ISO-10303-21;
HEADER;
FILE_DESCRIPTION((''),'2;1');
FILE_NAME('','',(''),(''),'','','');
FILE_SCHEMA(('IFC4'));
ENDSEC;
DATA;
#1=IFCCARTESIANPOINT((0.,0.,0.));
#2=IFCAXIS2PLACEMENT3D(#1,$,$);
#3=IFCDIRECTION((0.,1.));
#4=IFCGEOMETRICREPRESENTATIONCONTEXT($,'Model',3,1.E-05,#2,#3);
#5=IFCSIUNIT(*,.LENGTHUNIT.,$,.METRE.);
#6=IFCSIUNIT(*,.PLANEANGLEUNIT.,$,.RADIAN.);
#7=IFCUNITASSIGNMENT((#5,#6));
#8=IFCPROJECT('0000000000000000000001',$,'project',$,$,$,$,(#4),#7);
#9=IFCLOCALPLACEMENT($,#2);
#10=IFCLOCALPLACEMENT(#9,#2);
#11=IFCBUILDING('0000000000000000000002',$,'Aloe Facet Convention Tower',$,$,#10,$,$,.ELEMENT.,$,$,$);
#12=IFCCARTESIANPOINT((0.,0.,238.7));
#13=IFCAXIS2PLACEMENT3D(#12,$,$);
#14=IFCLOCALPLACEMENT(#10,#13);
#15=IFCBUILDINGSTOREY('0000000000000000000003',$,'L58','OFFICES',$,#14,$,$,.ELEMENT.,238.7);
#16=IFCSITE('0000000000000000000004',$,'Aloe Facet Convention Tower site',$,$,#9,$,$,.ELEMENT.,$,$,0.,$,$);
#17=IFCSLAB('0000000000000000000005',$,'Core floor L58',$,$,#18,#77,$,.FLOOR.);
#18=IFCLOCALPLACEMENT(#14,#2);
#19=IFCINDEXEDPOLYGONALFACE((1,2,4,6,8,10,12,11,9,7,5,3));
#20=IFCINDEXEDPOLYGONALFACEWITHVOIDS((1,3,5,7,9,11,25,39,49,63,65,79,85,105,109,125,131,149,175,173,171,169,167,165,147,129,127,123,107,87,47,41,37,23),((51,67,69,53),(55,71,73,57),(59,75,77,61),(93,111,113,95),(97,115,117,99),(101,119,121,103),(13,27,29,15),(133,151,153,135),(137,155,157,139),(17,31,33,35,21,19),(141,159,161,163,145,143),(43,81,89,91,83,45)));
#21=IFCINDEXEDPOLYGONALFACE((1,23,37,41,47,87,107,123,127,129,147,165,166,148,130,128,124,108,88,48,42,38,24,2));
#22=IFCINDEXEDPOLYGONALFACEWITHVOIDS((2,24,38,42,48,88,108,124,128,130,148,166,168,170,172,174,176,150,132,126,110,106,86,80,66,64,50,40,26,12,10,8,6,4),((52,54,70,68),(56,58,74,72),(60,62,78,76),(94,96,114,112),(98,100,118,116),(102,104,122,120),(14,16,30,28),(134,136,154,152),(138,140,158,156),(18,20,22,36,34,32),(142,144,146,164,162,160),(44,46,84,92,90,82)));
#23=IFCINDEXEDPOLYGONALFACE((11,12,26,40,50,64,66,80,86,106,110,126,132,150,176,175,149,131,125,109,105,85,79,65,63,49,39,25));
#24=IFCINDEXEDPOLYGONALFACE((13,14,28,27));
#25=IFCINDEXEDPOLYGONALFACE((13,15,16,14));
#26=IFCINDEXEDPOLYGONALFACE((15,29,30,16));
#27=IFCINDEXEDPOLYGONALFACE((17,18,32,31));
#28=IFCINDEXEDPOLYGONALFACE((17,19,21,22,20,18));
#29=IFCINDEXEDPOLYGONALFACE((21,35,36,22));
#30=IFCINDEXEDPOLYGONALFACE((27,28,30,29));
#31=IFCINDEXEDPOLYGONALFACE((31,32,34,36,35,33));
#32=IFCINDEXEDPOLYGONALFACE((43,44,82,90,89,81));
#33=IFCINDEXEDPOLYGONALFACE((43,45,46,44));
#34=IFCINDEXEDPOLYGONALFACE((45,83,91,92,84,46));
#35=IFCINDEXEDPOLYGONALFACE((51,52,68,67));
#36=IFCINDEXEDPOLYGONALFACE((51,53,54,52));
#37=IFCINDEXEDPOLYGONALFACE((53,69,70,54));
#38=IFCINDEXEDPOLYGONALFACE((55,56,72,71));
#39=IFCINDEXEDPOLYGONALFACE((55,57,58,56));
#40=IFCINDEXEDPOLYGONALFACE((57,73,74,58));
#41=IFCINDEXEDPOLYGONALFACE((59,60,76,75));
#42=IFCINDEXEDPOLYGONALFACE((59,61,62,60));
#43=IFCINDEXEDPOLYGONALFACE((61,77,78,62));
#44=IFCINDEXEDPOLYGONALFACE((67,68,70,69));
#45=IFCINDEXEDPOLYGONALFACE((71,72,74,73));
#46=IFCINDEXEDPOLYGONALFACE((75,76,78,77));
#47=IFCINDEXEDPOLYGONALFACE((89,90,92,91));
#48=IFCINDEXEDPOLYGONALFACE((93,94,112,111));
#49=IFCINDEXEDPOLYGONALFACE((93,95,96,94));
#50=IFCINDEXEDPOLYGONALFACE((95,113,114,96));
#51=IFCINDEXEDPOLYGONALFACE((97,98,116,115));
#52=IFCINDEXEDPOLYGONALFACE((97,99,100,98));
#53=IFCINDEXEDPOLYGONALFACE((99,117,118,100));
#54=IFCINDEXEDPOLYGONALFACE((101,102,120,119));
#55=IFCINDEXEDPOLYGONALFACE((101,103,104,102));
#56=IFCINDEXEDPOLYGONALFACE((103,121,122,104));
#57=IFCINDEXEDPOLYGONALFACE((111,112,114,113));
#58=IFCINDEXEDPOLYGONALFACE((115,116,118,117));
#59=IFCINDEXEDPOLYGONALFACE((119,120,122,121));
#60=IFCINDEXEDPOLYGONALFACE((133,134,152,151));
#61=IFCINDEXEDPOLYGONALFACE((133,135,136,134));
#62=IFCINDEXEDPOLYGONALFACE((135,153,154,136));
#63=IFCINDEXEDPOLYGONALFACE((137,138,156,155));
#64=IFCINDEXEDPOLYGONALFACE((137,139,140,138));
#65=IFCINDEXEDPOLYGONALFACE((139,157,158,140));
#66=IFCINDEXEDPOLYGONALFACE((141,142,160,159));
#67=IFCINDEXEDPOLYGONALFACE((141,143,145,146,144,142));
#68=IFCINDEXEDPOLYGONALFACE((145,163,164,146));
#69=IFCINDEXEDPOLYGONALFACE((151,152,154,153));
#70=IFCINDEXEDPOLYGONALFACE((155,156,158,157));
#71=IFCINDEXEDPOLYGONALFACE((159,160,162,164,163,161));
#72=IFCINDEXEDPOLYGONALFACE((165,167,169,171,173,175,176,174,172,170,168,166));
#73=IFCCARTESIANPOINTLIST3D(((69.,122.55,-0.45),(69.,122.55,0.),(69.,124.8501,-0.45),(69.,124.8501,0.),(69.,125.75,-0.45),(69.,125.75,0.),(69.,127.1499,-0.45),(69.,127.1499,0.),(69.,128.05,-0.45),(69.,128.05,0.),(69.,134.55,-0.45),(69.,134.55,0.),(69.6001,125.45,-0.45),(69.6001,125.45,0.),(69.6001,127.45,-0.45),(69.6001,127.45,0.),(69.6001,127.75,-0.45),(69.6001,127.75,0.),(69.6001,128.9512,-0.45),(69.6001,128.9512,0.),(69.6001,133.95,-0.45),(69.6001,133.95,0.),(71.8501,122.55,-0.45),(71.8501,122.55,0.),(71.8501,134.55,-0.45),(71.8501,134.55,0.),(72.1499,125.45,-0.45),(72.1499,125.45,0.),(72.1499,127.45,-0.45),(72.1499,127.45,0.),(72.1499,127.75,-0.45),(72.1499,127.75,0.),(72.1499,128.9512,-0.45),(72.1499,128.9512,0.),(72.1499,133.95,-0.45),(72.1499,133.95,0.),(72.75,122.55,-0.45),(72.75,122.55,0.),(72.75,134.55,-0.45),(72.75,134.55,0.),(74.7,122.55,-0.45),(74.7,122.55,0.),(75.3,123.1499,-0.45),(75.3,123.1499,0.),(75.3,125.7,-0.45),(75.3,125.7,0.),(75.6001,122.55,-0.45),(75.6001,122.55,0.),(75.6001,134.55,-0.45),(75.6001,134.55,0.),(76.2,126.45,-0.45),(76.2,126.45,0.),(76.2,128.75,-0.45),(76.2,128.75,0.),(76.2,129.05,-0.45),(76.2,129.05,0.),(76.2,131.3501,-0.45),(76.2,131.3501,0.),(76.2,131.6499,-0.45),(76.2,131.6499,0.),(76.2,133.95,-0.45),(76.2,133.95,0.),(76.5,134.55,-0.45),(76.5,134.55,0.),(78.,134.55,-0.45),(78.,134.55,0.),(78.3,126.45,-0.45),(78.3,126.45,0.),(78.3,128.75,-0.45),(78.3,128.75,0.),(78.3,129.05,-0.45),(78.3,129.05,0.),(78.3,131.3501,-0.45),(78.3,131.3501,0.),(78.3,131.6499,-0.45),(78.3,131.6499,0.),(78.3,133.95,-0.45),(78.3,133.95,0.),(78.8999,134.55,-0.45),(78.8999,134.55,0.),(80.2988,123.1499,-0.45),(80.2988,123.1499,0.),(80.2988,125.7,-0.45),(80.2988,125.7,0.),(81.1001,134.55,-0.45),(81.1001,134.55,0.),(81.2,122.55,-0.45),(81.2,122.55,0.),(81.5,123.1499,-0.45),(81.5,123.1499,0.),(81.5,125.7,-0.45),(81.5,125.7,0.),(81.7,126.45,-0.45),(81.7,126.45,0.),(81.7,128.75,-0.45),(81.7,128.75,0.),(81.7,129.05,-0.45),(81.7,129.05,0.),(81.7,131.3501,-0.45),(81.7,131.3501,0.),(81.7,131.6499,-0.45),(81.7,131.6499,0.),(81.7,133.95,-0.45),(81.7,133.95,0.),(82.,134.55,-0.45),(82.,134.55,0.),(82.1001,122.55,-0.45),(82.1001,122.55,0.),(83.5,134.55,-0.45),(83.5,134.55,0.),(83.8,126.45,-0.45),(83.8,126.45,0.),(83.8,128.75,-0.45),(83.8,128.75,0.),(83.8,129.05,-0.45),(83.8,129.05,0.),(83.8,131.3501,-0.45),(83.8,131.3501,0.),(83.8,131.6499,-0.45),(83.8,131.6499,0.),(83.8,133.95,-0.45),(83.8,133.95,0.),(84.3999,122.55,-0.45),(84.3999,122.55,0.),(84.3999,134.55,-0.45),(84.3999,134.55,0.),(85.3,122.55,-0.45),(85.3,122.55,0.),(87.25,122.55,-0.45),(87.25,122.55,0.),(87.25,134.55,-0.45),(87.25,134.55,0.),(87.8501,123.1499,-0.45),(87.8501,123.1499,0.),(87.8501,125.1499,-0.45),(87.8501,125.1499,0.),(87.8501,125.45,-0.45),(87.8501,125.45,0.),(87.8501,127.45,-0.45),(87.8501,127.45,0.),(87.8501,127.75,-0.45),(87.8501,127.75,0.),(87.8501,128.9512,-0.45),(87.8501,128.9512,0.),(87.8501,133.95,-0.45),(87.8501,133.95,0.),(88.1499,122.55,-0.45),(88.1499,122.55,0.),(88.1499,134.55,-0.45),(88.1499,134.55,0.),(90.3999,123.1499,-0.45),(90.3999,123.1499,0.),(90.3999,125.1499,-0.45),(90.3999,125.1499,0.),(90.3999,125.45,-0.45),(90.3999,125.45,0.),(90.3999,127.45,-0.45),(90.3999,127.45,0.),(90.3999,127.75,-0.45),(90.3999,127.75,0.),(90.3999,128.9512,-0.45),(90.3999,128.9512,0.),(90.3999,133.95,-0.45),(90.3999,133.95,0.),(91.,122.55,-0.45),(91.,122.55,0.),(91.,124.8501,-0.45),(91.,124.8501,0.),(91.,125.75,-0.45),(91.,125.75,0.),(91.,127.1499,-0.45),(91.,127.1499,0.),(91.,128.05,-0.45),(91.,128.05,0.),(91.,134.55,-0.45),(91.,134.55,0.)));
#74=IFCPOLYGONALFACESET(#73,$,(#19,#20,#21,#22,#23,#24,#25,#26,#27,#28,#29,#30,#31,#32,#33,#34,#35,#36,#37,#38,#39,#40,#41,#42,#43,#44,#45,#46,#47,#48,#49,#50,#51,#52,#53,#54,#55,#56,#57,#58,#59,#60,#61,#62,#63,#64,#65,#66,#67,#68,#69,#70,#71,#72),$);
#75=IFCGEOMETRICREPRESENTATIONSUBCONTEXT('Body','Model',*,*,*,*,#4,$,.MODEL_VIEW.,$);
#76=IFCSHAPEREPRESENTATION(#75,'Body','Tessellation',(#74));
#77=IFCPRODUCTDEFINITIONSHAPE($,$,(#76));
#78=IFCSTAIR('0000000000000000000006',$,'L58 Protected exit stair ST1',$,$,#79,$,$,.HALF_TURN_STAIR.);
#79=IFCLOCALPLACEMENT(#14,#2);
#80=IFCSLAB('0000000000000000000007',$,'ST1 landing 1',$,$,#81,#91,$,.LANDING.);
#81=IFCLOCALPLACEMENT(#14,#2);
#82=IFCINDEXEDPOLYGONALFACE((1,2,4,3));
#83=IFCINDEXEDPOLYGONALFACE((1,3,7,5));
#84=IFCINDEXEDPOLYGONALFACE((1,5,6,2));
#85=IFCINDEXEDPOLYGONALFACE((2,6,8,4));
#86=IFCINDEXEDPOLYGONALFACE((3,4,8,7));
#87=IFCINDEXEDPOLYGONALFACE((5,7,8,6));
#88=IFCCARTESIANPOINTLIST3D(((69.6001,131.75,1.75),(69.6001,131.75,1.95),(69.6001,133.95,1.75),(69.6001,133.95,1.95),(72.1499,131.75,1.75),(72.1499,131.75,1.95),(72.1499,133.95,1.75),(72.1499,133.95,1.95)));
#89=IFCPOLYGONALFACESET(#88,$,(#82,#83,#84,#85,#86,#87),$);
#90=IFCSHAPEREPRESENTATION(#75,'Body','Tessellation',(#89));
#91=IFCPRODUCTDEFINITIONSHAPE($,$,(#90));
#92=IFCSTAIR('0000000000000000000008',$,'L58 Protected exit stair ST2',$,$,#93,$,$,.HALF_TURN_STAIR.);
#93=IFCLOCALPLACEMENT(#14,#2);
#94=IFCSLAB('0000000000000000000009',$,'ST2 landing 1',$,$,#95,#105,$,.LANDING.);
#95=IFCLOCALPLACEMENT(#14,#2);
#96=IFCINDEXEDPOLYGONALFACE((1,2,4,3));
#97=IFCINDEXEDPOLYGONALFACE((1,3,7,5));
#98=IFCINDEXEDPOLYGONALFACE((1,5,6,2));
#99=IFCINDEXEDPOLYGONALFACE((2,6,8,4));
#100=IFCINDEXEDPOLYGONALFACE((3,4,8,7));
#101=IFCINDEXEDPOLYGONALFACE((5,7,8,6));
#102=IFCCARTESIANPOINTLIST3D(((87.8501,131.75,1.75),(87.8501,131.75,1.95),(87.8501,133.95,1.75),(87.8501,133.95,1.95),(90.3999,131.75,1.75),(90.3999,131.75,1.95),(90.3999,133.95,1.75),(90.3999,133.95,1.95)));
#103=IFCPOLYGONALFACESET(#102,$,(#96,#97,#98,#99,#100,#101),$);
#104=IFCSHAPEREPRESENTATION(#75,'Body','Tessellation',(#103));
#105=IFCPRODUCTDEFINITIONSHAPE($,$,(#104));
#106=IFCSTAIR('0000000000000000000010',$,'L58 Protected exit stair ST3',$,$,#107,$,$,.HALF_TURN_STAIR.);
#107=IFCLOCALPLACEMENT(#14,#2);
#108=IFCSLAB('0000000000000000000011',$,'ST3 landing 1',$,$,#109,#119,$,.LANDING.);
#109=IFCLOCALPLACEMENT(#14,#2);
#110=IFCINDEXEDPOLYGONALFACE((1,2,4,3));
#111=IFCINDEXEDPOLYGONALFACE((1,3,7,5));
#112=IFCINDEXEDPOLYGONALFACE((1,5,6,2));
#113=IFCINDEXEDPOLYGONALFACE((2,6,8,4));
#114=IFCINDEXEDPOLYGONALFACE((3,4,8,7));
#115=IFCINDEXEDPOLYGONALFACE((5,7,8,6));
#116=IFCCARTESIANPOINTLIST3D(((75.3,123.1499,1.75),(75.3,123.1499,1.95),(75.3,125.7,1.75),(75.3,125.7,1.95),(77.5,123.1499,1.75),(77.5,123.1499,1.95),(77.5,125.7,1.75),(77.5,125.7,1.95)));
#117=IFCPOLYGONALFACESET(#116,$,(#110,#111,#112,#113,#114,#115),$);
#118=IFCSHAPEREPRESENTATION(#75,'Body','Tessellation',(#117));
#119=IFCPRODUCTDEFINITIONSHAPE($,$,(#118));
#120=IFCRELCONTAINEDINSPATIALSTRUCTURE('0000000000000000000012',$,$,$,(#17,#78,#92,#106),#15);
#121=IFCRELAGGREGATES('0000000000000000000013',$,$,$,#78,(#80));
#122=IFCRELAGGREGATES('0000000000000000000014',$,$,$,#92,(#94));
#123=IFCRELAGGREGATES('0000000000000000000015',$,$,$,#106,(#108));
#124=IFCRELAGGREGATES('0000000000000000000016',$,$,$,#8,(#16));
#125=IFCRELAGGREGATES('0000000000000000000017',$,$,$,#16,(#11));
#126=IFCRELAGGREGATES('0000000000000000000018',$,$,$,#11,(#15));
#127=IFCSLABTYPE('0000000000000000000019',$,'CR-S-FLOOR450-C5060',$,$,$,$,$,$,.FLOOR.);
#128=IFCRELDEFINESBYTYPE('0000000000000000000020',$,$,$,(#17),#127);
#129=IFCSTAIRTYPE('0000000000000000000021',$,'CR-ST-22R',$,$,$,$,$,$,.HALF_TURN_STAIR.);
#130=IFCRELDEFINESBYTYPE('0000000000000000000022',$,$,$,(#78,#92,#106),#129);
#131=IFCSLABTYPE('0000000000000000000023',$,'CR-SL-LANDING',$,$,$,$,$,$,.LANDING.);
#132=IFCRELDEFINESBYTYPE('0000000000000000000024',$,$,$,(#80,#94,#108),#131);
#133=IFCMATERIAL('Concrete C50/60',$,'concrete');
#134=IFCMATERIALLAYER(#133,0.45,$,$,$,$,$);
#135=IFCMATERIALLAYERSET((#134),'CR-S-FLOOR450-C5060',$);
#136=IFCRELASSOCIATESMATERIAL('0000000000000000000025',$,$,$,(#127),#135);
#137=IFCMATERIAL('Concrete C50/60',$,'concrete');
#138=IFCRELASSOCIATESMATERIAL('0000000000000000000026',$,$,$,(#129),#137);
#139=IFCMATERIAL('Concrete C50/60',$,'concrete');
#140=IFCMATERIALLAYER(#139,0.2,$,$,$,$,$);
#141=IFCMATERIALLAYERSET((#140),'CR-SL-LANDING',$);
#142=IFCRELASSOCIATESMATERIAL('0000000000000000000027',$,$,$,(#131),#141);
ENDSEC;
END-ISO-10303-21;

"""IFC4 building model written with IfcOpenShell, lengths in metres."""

from ifc_helpers import new_model, si_unit, direction, frame, origin, place, context, subcontext, project, spatial, polyline, outline, extrude, material, layer, layer_set, type_object, element, aggregate, save


model = new_model("IFC4")

# Units and contexts
model_context = context("Model", 3, precision=1e-05, world=origin(), true_north=direction((0.0, 1.0)))
body_context = subcontext(model_context, "Body", "Model", "MODEL_VIEW")
ifc_project = project(units=[si_unit("LENGTHUNIT", "METRE"), si_unit("PLANEANGLEUNIT", "RADIAN")], contexts=[model_context])

# Site, building, storey
site_placement = place(None, origin())
site = spatial("IfcSite", under=ifc_project, at=site_placement, Name="Aloe Facet Convention Tower site", CompositionType="ELEMENT", RefElevation=0.0)
building_placement = place(site_placement, origin())
building = spatial("IfcBuilding", under=site, at=building_placement, Name="Aloe Facet Convention Tower", CompositionType="ELEMENT")
storey_placement = place(building_placement, frame((0.0, 0.0, 238.7)))
storey = spatial("IfcBuildingStorey", under=building, at=storey_placement, Name="L58", Description="OFFICES", CompositionType="ELEMENT", Elevation=238.7)

# Slab
ifc_material_1 = material(Name="Concrete C50/60", Category="concrete")
ifc_layer_1 = layer(ifc_material_1, 0.45)
ifc_layer_set_1 = layer_set([ifc_layer_1], Name="CR-S-FLOOR450-C5060")
slab_type_1 = type_object("IfcSlabType", Name="CR-S-FLOOR450-C5060", PredefinedType="FLOOR", material=ifc_layer_set_1)
slab_1_placement = place(storey_placement, frame((0.0, 0.0, -0.45)))
element("IfcSlab", 1, at=slab_1_placement, inside=storey, type_object=slab_type_1, Name="Core floor L58", PredefinedType="FLOOR", context=body_context, shape_type="SweptSolid", body=[
    extrude(outline(polyline([(71.8501, 134.55), (72.75, 134.55), (75.6001, 134.55), (76.5, 134.55), (78.0, 134.55), (78.8999, 134.55), (81.1001, 134.55), (82.0, 134.55), (83.5, 134.55), (84.3999, 134.55), (87.25, 134.55), (88.1499, 134.55), (91.0, 134.55), (91.0, 128.05), (91.0, 127.1499), (91.0, 125.75), (91.0, 124.8501), (91.0, 122.55), (88.1499, 122.55), (87.25, 122.55), (85.3, 122.55), (84.3999, 122.55), (82.1001, 122.55), (81.2, 122.55), (75.6001, 122.55), (74.7, 122.55), (72.75, 122.55), (71.8501, 122.55), (69.0, 122.55), (69.0, 124.8501), (69.0, 125.75), (69.0, 127.1499), (69.0, 128.05), (69.0, 134.55), (71.8501, 134.55)]), holes=[polyline([(80.2988, 123.1499), (81.5, 123.1499), (81.5, 125.7), (80.2988, 125.7), (75.3, 125.7), (75.3, 123.1499), (80.2988, 123.1499)]), polyline([(69.6001, 125.45), (72.1499, 125.45), (72.1499, 127.45), (69.6001, 127.45), (69.6001, 125.45)]), polyline([(76.2, 126.45), (78.3, 126.45), (78.3, 128.75), (76.2, 128.75), (76.2, 126.45)]), polyline([(78.3, 129.05), (78.3, 131.3501), (76.2, 131.3501), (76.2, 129.05), (78.3, 129.05)]), polyline([(69.6001, 133.95), (69.6001, 128.9512), (69.6001, 127.75), (72.1499, 127.75), (72.1499, 128.9512), (72.1499, 133.95), (69.6001, 133.95)]), polyline([(76.2, 131.6499), (78.3, 131.6499), (78.3, 133.95), (76.2, 133.95), (76.2, 131.6499)]), polyline([(90.3999, 123.1499), (90.3999, 125.1499), (87.8501, 125.1499), (87.8501, 123.1499), (90.3999, 123.1499)]), polyline([(87.8501, 125.45), (90.3999, 125.45), (90.3999, 127.45), (87.8501, 127.45), (87.8501, 125.45)]), polyline([(81.7, 126.45), (83.8, 126.45), (83.8, 128.75), (81.7, 128.75), (81.7, 126.45)]), polyline([(83.8, 129.05), (83.8, 131.3501), (81.7, 131.3501), (81.7, 129.05), (83.8, 129.05)]), polyline([(87.8501, 133.95), (87.8501, 128.9512), (87.8501, 127.75), (90.3999, 127.75), (90.3999, 128.9512), (90.3999, 133.95), (87.8501, 133.95)]), polyline([(81.7, 131.6499), (83.8, 131.6499), (83.8, 133.95), (81.7, 133.95), (81.7, 131.6499)])]), origin(), (0.0, 0.0, 1.0), 0.45),
])

# Stairs, slabs
ifc_material_2 = material(Name="Concrete C50/60", Category="concrete")
stair_type = type_object("IfcStairType", Name="CR-ST-22R", PredefinedType="HALF_TURN_STAIR", material=ifc_material_2)
stair_1_placement = place(storey_placement, origin())
stair_1 = element("IfcStair", 2, at=stair_1_placement, inside=storey, type_object=stair_type, Name="L58 Protected exit stair ST1", PredefinedType="HALF_TURN_STAIR")
ifc_material_3 = material(Name="Concrete C50/60", Category="concrete")
ifc_layer_2 = layer(ifc_material_3, 0.2)
ifc_layer_set_2 = layer_set([ifc_layer_2], Name="CR-SL-LANDING")
slab_type_2 = type_object("IfcSlabType", Name="CR-SL-LANDING", PredefinedType="LANDING", material=ifc_layer_set_2)
slab_2_placement = place(storey_placement, frame((0.0, 0.0, 1.75)))
slab_2 = element("IfcSlab", 3, at=slab_2_placement, type_object=slab_type_2, Name="ST1 landing 1", PredefinedType="LANDING", context=body_context, shape_type="SweptSolid", body=[
    extrude(outline(polyline([(72.1499, 131.75), (72.1499, 133.95), (69.6001, 133.95), (69.6001, 131.75), (72.1499, 131.75)])), origin(), (0.0, 0.0, 1.0), 0.2),
])
aggregate(stair_1, [slab_2])
stair_2_placement = place(storey_placement, origin())
stair_2 = element("IfcStair", 4, at=stair_2_placement, inside=storey, type_object=stair_type, Name="L58 Protected exit stair ST2", PredefinedType="HALF_TURN_STAIR")
slab_3_placement = place(storey_placement, frame((0.0, 0.0, 1.75)))
slab_3 = element("IfcSlab", 5, at=slab_3_placement, type_object=slab_type_2, Name="ST2 landing 1", PredefinedType="LANDING", context=body_context, shape_type="SweptSolid", body=[
    extrude(outline(polyline([(90.3999, 131.75), (90.3999, 133.95), (87.8501, 133.95), (87.8501, 131.75), (90.3999, 131.75)])), origin(), (0.0, 0.0, 1.0), 0.2),
])
aggregate(stair_2, [slab_3])
stair_3_placement = place(storey_placement, origin())
stair_3 = element("IfcStair", 6, at=stair_3_placement, inside=storey, type_object=stair_type, Name="L58 Protected exit stair ST3", PredefinedType="HALF_TURN_STAIR")
slab_4_placement = place(storey_placement, frame((0.0, 0.0, 1.75)))
slab_4 = element("IfcSlab", 7, at=slab_4_placement, type_object=slab_type_2, Name="ST3 landing 1", PredefinedType="LANDING", context=body_context, shape_type="SweptSolid", body=[
    extrude(outline(polyline([(77.5, 125.7), (75.3, 125.7), (75.3, 123.1499), (77.5, 123.1499), (77.5, 125.7)])), origin(), (0.0, 0.0, 1.0), 0.2),
])
aggregate(stair_3, [slab_4])

save(model, "model.ifc")
